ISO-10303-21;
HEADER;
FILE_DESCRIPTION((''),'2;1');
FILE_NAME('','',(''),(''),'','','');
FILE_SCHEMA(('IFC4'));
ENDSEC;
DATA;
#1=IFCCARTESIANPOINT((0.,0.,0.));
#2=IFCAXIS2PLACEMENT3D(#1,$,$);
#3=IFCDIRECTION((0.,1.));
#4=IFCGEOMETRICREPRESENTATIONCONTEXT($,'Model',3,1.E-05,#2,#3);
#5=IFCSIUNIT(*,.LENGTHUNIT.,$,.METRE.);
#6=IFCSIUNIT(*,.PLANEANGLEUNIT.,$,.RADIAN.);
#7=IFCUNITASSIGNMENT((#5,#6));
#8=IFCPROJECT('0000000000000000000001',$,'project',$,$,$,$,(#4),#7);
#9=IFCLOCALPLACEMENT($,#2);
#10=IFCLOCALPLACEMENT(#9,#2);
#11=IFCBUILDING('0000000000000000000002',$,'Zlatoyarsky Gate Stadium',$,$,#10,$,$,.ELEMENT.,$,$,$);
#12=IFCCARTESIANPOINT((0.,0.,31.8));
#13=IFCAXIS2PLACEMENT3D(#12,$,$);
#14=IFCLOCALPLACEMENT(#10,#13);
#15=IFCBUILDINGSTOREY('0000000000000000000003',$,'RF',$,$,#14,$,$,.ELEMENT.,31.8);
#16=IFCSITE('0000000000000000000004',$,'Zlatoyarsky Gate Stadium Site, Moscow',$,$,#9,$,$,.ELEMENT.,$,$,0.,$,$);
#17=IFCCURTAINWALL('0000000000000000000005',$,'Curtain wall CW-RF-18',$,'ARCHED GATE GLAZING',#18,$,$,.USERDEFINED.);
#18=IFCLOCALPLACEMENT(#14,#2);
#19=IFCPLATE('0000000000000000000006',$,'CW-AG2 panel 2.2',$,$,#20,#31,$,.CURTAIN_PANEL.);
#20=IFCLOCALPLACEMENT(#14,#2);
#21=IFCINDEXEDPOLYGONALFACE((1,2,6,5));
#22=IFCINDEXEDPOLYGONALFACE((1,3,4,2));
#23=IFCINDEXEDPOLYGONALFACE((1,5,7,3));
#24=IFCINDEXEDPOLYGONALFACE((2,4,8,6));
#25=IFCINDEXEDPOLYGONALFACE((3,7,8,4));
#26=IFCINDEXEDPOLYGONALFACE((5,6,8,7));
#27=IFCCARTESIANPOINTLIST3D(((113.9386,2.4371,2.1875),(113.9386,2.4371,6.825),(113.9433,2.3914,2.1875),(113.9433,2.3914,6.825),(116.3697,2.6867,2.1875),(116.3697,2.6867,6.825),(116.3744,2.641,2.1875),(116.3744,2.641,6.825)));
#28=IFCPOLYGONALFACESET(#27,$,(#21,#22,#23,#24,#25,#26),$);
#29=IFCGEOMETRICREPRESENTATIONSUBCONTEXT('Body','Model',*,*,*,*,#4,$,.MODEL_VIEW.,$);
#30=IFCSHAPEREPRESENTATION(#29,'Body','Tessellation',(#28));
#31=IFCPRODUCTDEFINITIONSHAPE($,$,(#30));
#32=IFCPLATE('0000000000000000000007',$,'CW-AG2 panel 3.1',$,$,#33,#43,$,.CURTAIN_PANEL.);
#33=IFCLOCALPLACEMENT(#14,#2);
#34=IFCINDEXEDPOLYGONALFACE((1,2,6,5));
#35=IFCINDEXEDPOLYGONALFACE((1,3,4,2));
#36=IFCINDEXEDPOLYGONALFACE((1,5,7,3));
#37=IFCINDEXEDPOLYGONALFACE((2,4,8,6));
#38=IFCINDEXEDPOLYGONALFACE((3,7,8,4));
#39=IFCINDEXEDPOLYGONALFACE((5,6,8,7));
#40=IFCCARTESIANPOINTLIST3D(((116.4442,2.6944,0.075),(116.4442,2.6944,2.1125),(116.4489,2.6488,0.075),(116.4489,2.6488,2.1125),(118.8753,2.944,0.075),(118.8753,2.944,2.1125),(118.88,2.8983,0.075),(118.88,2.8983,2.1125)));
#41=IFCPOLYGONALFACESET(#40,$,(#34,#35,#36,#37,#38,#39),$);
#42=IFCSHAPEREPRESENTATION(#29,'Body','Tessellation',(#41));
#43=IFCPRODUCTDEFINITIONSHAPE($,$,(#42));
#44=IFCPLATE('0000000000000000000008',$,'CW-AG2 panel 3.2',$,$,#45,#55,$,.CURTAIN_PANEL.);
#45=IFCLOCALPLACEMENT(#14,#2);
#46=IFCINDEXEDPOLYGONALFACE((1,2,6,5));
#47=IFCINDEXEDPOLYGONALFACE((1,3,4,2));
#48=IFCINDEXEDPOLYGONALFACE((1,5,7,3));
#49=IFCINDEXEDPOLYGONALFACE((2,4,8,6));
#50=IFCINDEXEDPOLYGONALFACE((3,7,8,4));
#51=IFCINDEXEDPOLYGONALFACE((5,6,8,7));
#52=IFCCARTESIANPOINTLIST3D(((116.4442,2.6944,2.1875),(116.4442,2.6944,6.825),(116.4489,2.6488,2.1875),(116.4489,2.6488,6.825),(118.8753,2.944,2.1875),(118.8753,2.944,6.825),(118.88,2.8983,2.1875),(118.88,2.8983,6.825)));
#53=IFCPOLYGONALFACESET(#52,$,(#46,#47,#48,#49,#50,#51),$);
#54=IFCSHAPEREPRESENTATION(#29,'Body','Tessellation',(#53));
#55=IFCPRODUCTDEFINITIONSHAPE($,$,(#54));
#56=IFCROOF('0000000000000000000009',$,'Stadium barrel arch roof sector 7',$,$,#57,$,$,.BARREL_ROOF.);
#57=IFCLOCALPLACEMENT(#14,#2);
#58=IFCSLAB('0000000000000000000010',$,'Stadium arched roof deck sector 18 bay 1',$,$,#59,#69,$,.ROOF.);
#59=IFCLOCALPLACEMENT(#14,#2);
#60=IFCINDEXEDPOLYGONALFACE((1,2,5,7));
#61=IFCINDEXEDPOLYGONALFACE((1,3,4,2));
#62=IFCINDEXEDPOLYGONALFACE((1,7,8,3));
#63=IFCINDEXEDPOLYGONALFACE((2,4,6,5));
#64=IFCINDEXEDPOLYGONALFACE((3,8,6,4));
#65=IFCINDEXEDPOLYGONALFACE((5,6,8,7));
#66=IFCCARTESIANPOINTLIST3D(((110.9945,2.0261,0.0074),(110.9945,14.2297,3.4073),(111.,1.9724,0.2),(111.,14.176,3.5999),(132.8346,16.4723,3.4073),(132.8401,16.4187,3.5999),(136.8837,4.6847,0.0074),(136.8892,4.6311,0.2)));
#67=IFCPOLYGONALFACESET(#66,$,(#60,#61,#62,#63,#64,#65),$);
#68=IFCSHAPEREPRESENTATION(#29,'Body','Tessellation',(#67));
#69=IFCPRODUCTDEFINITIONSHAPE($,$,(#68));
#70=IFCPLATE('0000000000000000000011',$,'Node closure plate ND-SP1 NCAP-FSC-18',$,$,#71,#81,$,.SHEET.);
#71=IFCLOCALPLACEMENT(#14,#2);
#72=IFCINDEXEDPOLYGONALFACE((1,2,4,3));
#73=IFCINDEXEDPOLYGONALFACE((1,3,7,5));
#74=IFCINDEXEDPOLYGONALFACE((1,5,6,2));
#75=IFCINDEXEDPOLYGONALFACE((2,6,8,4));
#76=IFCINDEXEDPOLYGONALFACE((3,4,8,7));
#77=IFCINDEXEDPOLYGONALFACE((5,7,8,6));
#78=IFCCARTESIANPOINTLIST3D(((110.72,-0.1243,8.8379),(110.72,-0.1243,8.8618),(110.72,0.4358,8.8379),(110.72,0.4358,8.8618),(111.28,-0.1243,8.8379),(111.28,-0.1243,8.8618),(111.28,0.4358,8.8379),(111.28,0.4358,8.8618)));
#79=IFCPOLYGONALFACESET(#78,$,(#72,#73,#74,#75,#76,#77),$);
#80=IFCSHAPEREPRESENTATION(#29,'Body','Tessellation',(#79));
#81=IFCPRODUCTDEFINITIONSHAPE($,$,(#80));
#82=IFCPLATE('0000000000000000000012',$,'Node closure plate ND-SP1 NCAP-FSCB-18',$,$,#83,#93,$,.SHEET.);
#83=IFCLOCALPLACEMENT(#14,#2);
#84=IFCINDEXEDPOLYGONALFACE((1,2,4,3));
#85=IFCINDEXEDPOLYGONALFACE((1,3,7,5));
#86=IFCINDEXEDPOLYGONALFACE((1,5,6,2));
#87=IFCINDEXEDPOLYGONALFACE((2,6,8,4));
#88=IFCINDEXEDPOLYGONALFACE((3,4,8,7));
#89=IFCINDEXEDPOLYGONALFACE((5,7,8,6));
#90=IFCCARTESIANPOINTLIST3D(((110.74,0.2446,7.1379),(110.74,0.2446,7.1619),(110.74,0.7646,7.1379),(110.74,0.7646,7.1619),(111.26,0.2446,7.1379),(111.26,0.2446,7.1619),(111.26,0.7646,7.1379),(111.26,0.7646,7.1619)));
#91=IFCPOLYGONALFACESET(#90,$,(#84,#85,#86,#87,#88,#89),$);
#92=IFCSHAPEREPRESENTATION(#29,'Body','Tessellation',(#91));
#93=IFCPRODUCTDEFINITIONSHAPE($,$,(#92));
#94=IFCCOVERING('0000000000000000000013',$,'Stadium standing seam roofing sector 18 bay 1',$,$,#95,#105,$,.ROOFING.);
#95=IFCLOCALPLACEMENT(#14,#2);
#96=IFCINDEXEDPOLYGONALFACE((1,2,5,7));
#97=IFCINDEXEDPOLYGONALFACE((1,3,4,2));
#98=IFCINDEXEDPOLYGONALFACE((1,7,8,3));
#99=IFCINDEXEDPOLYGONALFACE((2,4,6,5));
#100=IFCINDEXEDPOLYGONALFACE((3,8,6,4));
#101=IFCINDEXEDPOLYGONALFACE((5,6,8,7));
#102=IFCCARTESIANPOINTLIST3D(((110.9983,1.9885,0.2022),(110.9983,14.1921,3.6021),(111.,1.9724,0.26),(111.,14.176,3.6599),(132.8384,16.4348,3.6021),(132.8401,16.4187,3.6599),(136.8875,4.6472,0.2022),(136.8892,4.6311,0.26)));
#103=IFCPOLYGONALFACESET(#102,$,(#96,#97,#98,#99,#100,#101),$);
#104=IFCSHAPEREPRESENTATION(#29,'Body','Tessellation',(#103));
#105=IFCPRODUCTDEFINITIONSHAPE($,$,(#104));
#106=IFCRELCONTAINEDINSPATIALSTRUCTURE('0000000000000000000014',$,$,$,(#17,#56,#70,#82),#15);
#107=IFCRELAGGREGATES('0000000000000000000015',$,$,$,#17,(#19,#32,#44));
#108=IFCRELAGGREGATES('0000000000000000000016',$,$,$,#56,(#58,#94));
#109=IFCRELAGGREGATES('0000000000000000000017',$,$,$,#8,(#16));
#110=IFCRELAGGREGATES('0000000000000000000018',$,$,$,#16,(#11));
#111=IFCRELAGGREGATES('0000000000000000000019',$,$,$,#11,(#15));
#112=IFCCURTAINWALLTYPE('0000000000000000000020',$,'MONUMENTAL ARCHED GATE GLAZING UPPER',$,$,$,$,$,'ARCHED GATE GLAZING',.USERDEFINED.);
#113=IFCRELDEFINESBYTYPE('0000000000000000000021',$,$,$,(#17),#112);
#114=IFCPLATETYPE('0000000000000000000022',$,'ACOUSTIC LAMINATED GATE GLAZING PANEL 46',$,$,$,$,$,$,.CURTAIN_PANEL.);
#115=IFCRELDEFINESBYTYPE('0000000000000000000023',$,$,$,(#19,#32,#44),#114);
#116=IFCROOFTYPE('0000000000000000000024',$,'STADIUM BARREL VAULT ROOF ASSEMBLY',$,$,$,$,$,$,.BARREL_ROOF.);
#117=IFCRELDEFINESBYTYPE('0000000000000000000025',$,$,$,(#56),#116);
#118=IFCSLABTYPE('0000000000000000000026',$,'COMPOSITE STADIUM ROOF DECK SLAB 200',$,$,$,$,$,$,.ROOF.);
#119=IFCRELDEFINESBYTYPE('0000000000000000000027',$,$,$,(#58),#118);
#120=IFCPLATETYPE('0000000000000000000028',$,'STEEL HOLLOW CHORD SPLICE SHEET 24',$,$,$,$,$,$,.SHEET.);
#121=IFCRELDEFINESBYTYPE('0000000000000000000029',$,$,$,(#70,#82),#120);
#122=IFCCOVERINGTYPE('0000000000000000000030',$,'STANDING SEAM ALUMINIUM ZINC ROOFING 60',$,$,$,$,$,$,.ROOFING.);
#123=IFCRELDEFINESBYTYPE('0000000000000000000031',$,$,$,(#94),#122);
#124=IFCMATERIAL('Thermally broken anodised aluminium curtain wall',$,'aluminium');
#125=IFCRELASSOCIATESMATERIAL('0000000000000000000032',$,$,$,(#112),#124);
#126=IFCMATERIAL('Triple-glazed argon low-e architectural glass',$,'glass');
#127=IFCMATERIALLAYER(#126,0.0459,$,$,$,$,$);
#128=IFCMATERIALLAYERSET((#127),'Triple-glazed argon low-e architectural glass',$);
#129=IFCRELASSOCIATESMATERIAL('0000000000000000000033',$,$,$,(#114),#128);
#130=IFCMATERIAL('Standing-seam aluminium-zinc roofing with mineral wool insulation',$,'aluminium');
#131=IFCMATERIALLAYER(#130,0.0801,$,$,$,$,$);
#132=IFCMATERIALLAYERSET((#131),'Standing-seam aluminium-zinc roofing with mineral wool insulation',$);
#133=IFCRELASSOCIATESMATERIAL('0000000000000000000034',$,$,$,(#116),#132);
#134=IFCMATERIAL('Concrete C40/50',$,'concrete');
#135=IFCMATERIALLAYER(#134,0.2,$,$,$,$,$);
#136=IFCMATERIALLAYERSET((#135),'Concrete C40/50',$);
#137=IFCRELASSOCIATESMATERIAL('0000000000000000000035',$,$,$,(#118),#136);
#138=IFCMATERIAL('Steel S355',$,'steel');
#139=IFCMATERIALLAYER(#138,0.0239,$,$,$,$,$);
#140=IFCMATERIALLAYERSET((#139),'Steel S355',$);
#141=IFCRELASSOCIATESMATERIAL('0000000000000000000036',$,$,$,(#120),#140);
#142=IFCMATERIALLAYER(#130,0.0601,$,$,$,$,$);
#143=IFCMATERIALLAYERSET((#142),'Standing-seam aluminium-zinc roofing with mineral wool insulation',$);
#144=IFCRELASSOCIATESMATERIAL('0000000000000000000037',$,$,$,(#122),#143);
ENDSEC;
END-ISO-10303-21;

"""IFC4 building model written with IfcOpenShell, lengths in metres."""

from ifc_helpers import new_model, si_unit, direction, frame, origin, origin_2d, place, context, subcontext, project, spatial, polyline, rectangle, outline, extrude, material, layer, layer_set, type_object, element, aggregate, save


model = new_model("IFC4")

# Units and contexts
model_context = context("Model", 3, precision=1e-05, world=origin(), true_north=direction((0.0, 1.0)))
body_context = subcontext(model_context, "Body", "Model", "MODEL_VIEW")
ifc_project = project(units=[si_unit("LENGTHUNIT", "METRE"), si_unit("PLANEANGLEUNIT", "RADIAN")], contexts=[model_context])

# Site, building, storey
site_placement = place(None, origin())
site = spatial("IfcSite", under=ifc_project, at=site_placement, Name="Zlatoyarsky Gate Stadium Site, Moscow", CompositionType="ELEMENT", RefElevation=0.0)
building_placement = place(site_placement, origin())
building = spatial("IfcBuilding", under=site, at=building_placement, Name="Zlatoyarsky Gate Stadium", CompositionType="ELEMENT")
storey_placement = place(building_placement, frame((0.0, 0.0, 31.8)))
storey = spatial("IfcBuildingStorey", under=building, at=storey_placement, Name="RF", CompositionType="ELEMENT", Elevation=31.8)

# Curtain wall
ifc_material_1 = material(Name="Thermally broken anodised aluminium curtain wall", Category="aluminium")
curtain_wall_type = type_object("IfcCurtainWallType", Name="MONUMENTAL ARCHED GATE GLAZING UPPER", ElementType="ARCHED GATE GLAZING", PredefinedType="USERDEFINED", material=ifc_material_1)
curtain_wall_placement = place(storey_placement, origin())
curtain_wall = element("IfcCurtainWall", 1, at=curtain_wall_placement, inside=storey, type_object=curtain_wall_type, Name="Curtain wall CW-RF-18", ObjectType="ARCHED GATE GLAZING", PredefinedType="USERDEFINED")

# Shared definitions
ifc_material_2 = material(Name="Steel S355", Category="steel")

# Plates
ifc_material_3 = material(Name="Triple-glazed argon low-e architectural glass", Category="glass")
ifc_layer_1 = layer(ifc_material_3, 0.0459)
ifc_layer_set_1 = layer_set([ifc_layer_1], Name="Triple-glazed argon low-e architectural glass")
plate_type_1 = type_object("IfcPlateType", Name="ACOUSTIC LAMINATED GATE GLAZING PANEL 46", PredefinedType="CURTAIN_PANEL", material=ifc_layer_set_1)
plate_1_placement = place(storey_placement, frame((115.1565, 2.5391, 2.1875), z_axis=(0.0, 0.0, 1.0), x_axis=(0.994772, 0.102125, 0.0)))
plate_1 = element("IfcPlate", 2, at=plate_1_placement, type_object=plate_type_1, Name="CW-AG2 panel 2.2", PredefinedType="CURTAIN_PANEL", context=body_context, shape_type="SweptSolid", body=[
    extrude(rectangle(XDim=2.4438, YDim=0.0459, at=origin_2d()), origin(), (0.0, 0.0, 1.0), 4.6375),
])
plate_2_placement = place(storey_placement, frame((117.6621, 2.7964, 0.075), z_axis=(0.0, 0.0, 1.0), x_axis=(0.994772, 0.102125, 0.0)))
plate_2 = element("IfcPlate", 3, at=plate_2_placement, type_object=plate_type_1, Name="CW-AG2 panel 3.1", PredefinedType="CURTAIN_PANEL", context=body_context, shape_type="SweptSolid", body=[
    extrude(rectangle(XDim=2.4438, YDim=0.0459, at=origin_2d()), origin(), (0.0, 0.0, 1.0), 2.0376),
])
plate_3_placement = place(storey_placement, frame((117.6621, 2.7964, 2.1875), z_axis=(0.0, 0.0, 1.0), x_axis=(0.994772, 0.102125, 0.0)))
plate_3 = element("IfcPlate", 4, at=plate_3_placement, type_object=plate_type_1, Name="CW-AG2 panel 3.2", PredefinedType="CURTAIN_PANEL", context=body_context, shape_type="SweptSolid", body=[
    extrude(rectangle(XDim=2.4438, YDim=0.0459, at=origin_2d()), origin(), (0.0, 0.0, 1.0), 4.6375),
])
aggregate(curtain_wall, [plate_1, plate_2, plate_3])

# Roof, slab
ifc_material_4 = material(Name="Standing-seam aluminium-zinc roofing with mineral wool insulation", Category="aluminium")
ifc_layer_2 = layer(ifc_material_4, 0.0801)
ifc_layer_set_2 = layer_set([ifc_layer_2], Name="Standing-seam aluminium-zinc roofing with mineral wool insulation")
roof_type = type_object("IfcRoofType", Name="STADIUM BARREL VAULT ROOF ASSEMBLY", PredefinedType="BARREL_ROOF", material=ifc_layer_set_2)
roof_placement = place(storey_placement, origin())
roof = element("IfcRoof", 5, at=roof_placement, inside=storey, type_object=roof_type, Name="Stadium barrel arch roof sector 7", PredefinedType="BARREL_ROOF")
ifc_material_5 = material(Name="Concrete C40/50", Category="concrete")
ifc_layer_3 = layer(ifc_material_5, 0.2)
ifc_layer_set_3 = layer_set([ifc_layer_3], Name="Concrete C40/50")
slab_type = type_object("IfcSlabType", Name="COMPOSITE STADIUM ROOF DECK SLAB 200", PredefinedType="ROOF", material=ifc_layer_set_3)
slab_placement = place(storey_placement, frame((111.0, 1.9724, 0.2), z_axis=(0.02755, -0.268278, 0.962948), x_axis=(0.994768, 0.102158, 0.000001)))
slab = element("IfcSlab", 6, at=slab_placement, type_object=slab_type, Name="Stadium arched roof deck sector 18 bay 1", PredefinedType="ROOF", context=body_context, shape_type="SweptSolid", body=[
    extrude(outline(polyline([(0.0, 0.0), (26.0253, 0.0), (23.2016, 12.6067), (1.2467, 12.6069), (0.0, 0.0)])), origin(), (0.0, 0.0, -1.0), 0.2),
])

# Plates
ifc_layer_4 = layer(ifc_material_2, 0.0239)
ifc_layer_set_4 = layer_set([ifc_layer_4], Name="Steel S355")
plate_type_2 = type_object("IfcPlateType", Name="STEEL HOLLOW CHORD SPLICE SHEET 24", PredefinedType="SHEET", material=ifc_layer_set_4)
plate_4_placement = place(storey_placement, frame((111.0, 0.1558, 8.8379), z_axis=(0.0, 0.0, 1.0), x_axis=(1.0, 0.0, 0.0)))
element("IfcPlate", 7, at=plate_4_placement, inside=storey, type_object=plate_type_2, Name="Node closure plate ND-SP1 NCAP-FSC-18", PredefinedType="SHEET", context=body_context, shape_type="SweptSolid", body=[
    extrude(rectangle(XDim=0.5601, YDim=0.5601, at=origin_2d()), origin(), (0.0, 0.0, 1.0), 0.0239),
])
plate_5_placement = place(storey_placement, frame((111.0, 0.5046, 7.1379), z_axis=(0.0, 0.0, 1.0), x_axis=(1.0, 0.0, 0.0)))
element("IfcPlate", 8, at=plate_5_placement, inside=storey, type_object=plate_type_2, Name="Node closure plate ND-SP1 NCAP-FSCB-18", PredefinedType="SHEET", context=body_context, shape_type="SweptSolid", body=[
    extrude(rectangle(XDim=0.52, YDim=0.52, at=origin_2d()), origin(), (0.0, 0.0, 1.0), 0.0239),
])

# Covering
ifc_layer_5 = layer(ifc_material_4, 0.0601)
ifc_layer_set_5 = layer_set([ifc_layer_5], Name="Standing-seam aluminium-zinc roofing with mineral wool insulation")
covering_type = type_object("IfcCoveringType", Name="STANDING SEAM ALUMINIUM ZINC ROOFING 60", PredefinedType="ROOFING", material=ifc_layer_set_5)
covering_placement = place(storey_placement, frame((111.0, 1.9724, 0.26), z_axis=(0.02755, -0.268278, 0.962948), x_axis=(0.994768, 0.102158, 0.000001)))
covering = element("IfcCovering", 9, at=covering_placement, type_object=covering_type, Name="Stadium standing seam roofing sector 18 bay 1", PredefinedType="ROOFING", context=body_context, shape_type="SweptSolid", body=[
    extrude(outline(polyline([(0.0, 0.0), (26.0253, 0.0), (23.2016, 12.6067), (1.2467, 12.6069), (0.0, 0.0)])), origin(), (0.0, 0.0, -1.0), 0.0601),
])
aggregate(roof, [slab, covering])

save(model, "model.ifc")
